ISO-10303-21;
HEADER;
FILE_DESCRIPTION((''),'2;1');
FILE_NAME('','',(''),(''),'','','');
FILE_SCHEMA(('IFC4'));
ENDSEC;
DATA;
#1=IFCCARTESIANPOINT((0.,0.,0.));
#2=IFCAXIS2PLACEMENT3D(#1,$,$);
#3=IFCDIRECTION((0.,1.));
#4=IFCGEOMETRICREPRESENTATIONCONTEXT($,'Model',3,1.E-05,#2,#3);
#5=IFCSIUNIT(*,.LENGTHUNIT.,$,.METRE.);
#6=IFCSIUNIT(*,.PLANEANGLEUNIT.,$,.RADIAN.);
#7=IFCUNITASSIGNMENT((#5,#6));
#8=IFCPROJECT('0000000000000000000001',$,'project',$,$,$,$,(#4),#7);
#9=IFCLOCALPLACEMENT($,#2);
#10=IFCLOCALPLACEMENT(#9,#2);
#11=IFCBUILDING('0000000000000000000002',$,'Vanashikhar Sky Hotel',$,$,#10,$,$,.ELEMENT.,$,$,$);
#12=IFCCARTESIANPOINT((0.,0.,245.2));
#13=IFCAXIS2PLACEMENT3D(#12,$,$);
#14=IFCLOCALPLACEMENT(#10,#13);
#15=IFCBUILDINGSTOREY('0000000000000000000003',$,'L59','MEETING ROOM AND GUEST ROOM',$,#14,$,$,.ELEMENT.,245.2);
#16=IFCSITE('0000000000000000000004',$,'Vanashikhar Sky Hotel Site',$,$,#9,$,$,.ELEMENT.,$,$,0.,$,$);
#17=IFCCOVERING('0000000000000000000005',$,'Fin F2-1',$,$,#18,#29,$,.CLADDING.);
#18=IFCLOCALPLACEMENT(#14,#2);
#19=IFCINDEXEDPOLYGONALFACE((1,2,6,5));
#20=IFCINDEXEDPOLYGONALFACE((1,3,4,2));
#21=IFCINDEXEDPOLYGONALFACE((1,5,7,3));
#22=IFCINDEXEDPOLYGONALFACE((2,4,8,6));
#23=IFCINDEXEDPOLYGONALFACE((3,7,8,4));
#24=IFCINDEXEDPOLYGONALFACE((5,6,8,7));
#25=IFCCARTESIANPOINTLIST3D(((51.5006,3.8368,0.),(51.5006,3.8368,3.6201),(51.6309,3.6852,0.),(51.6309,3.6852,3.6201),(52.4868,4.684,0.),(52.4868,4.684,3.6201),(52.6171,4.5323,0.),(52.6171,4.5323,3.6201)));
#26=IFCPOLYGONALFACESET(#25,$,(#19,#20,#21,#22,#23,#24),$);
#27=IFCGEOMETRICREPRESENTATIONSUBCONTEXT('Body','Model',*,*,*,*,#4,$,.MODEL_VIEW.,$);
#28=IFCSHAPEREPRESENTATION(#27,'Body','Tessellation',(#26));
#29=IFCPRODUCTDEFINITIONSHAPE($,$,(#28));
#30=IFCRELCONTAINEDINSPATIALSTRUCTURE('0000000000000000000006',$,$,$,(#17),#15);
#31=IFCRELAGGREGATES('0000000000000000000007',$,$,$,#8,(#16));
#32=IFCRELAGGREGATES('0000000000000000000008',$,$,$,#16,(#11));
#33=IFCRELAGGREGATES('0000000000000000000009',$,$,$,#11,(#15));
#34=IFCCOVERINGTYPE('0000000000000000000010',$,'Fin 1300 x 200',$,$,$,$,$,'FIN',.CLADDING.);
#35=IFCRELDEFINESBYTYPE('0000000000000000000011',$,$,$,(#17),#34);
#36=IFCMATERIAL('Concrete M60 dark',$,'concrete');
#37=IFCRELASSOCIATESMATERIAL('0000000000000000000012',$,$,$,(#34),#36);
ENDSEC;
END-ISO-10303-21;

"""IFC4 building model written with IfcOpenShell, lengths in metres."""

from ifc_helpers import new_model, si_unit, direction, frame, origin, origin_2d, place, context, subcontext, project, spatial, rectangle, extrude, source, transform, mapped, material, material_profile, profile_set, type_object, element, save


model = new_model("IFC4")

# Units and contexts
model_context = context("Model", 3, precision=1e-05, world=origin(), true_north=direction((0.0, 1.0)))
body_context = subcontext(model_context, "Body", "Model", "MODEL_VIEW")
ifc_project = project(units=[si_unit("LENGTHUNIT", "METRE"), si_unit("PLANEANGLEUNIT", "RADIAN")], contexts=[model_context])

# Site, building, storey
site_placement = place(None, origin())
site = spatial("IfcSite", under=ifc_project, at=site_placement, Name="Vanashikhar Sky Hotel Site", CompositionType="ELEMENT", RefElevation=0.0)
building_placement = place(site_placement, origin())
building = spatial("IfcBuilding", under=site, at=building_placement, Name="Vanashikhar Sky Hotel", CompositionType="ELEMENT")
storey_placement = place(building_placement, frame((0.0, 0.0, 245.2)))
storey = spatial("IfcBuildingStorey", under=building, at=storey_placement, Name="L59", Description="MEETING ROOM AND GUEST ROOM", CompositionType="ELEMENT", Elevation=245.2)

# Covering
ifc_material_1 = material(Name="Concrete M60 dark", Category="concrete")
ifc_material_profile_1 = material_profile(ifc_material_1, rectangle(XDim=1.3, YDim=0.2, at=origin_2d()))
ifc_profile_set_1 = profile_set([ifc_material_profile_1], Name="Fin 1300 x 200")
covering_type = type_object("IfcCoveringType", Name="Fin 1300 x 200", ElementType="FIN", PredefinedType="CLADDING", material=ifc_profile_set_1)
shared_shape_1 = source(origin(), body_context, "Body", "SweptSolid", [
    extrude(rectangle(XDim=1.3, YDim=0.2, at=origin_2d()), origin(), (0.0, 0.0, 1.0), 3.6201),
])
covering_placement = place(storey_placement, frame((52.0588, 4.1846, 0.0), z_axis=(0.0, 0.0, 1.0), x_axis=(-0.758544, -0.651622, 0.0)))
element("IfcCovering", 1, at=covering_placement, inside=storey, type_object=covering_type, Name="Fin F2-1", PredefinedType="CLADDING", context=body_context, shape_type="MappedRepresentation", body=[
    mapped(shared_shape_1, transform((0.0, 0.0, 0.0), scale=1.0)),
])

save(model, "model.ifc")
